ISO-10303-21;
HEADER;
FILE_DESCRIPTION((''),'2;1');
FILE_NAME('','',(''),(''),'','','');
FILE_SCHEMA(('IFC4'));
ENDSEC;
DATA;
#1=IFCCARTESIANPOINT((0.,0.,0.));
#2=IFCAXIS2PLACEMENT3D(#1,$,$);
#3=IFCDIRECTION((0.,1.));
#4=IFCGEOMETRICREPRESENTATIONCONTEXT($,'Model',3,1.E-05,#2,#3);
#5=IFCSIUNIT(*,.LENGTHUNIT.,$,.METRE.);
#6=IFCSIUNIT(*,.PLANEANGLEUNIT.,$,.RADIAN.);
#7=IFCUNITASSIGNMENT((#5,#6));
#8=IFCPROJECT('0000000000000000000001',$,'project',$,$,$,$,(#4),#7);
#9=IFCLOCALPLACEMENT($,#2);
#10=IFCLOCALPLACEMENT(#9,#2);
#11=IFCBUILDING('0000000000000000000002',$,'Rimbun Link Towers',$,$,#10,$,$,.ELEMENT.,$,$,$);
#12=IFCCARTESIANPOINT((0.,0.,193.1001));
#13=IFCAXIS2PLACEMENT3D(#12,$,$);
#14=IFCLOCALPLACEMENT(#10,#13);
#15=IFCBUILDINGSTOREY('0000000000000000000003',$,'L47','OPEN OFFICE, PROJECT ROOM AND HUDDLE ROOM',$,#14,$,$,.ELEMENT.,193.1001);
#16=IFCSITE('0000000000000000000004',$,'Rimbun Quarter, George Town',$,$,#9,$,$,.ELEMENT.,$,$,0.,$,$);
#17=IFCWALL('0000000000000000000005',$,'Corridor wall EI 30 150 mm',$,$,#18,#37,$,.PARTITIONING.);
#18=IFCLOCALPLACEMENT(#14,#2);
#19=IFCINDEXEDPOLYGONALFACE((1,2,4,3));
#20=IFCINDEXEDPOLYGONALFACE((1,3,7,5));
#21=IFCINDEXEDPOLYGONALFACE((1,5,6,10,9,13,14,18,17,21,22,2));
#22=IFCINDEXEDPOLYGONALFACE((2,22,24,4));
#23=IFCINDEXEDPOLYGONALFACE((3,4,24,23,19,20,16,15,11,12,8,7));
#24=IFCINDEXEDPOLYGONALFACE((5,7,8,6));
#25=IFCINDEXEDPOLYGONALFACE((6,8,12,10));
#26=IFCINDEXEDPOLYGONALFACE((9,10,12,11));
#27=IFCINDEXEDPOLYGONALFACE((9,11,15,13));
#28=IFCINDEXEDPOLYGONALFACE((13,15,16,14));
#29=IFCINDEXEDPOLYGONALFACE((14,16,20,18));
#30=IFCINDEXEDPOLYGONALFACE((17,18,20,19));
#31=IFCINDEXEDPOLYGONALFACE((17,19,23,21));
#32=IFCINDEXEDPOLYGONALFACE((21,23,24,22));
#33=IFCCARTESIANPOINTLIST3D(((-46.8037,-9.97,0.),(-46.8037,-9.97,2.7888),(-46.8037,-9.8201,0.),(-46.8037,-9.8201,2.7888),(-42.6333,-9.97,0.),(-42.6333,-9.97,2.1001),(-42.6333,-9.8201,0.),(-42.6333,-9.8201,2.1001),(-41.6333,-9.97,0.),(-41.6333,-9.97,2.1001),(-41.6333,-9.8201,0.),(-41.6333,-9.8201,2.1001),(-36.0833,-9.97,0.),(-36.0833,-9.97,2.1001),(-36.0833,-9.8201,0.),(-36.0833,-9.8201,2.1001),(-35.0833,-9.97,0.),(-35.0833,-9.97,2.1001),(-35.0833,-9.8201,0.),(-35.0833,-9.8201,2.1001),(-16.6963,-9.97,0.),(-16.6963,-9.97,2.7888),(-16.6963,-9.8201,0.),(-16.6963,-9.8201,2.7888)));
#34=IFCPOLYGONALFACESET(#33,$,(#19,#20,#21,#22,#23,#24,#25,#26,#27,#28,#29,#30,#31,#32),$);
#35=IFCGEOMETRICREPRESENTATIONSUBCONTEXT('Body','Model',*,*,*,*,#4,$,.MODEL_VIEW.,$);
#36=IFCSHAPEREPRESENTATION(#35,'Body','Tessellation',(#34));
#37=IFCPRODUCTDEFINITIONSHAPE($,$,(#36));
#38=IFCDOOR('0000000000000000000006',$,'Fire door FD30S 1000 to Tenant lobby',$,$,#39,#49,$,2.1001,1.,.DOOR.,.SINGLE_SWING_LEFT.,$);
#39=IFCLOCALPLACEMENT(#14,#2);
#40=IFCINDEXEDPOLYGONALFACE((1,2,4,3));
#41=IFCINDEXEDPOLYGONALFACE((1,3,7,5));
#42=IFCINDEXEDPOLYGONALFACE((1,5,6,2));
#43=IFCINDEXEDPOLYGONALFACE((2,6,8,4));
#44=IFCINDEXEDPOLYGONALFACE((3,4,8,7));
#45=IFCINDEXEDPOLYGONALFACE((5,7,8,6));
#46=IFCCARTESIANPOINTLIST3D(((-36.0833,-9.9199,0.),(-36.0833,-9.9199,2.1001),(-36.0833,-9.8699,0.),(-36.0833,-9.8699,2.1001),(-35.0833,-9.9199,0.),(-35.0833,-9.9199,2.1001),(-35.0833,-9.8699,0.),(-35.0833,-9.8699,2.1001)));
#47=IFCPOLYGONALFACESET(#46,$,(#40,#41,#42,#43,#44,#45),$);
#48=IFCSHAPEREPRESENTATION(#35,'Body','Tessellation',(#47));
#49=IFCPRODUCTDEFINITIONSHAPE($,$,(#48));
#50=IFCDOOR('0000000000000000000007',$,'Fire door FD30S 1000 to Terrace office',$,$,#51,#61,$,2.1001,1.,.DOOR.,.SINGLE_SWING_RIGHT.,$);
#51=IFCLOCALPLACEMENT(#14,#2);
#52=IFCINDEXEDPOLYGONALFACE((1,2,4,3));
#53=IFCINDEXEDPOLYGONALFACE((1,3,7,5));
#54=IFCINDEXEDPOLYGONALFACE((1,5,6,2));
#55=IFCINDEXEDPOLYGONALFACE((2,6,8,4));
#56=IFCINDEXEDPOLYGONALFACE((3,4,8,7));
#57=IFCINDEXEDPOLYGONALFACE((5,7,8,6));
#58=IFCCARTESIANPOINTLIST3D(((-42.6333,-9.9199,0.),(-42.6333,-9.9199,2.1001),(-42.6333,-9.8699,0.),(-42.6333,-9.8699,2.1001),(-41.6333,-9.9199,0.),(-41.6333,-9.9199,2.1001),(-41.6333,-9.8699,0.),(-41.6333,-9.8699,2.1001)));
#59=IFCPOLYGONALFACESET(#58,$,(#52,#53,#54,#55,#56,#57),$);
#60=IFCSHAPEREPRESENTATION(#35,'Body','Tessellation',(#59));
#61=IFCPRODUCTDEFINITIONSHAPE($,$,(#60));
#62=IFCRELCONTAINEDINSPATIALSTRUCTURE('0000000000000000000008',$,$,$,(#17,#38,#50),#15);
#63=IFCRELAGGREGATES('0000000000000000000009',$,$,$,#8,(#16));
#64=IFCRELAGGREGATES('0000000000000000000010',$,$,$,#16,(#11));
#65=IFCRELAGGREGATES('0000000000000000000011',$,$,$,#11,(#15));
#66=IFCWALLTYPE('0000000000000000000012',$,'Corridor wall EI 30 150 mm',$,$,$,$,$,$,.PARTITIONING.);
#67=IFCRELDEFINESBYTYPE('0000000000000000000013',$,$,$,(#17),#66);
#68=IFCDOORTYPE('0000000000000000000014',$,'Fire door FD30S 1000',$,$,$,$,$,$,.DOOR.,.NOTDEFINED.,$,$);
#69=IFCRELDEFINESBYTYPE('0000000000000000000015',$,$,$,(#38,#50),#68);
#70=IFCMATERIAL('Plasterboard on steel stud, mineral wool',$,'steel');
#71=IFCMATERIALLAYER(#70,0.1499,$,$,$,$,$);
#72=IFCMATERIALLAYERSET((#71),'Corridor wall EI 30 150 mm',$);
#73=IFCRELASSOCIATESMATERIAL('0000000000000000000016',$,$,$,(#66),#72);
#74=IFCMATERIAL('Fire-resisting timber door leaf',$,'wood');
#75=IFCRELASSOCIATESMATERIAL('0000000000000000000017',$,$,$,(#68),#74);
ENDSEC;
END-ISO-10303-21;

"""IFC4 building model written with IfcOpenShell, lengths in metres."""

from ifc_helpers import new_model, si_unit, direction, frame, frame_2d, origin, place, context, subcontext, project, spatial, rectangle, extrude, material, layer, layer_set, type_object, element, fill, save


model = new_model("IFC4")

# Units and contexts
model_context = context("Model", 3, precision=1e-05, world=origin(), true_north=direction((0.0, 1.0)))
body_context = subcontext(model_context, "Body", "Model", "MODEL_VIEW")
ifc_project = project(units=[si_unit("LENGTHUNIT", "METRE"), si_unit("PLANEANGLEUNIT", "RADIAN")], contexts=[model_context])

# Site, building, storey
site_placement = place(None, origin())
site = spatial("IfcSite", under=ifc_project, at=site_placement, Name="Rimbun Quarter, George Town", CompositionType="ELEMENT", RefElevation=0.0)
building_placement = place(site_placement, origin())
building = spatial("IfcBuilding", under=site, at=building_placement, Name="Rimbun Link Towers", CompositionType="ELEMENT")
storey_placement = place(building_placement, frame((0.0, 0.0, 193.1001)))
storey = spatial("IfcBuildingStorey", under=building, at=storey_placement, Name="L47", Description="OPEN OFFICE, PROJECT ROOM AND HUDDLE ROOM", CompositionType="ELEMENT", Elevation=193.1001)

# Shared definitions
ifc_material_1 = material(Name="Plasterboard on steel stud, mineral wool", Category="steel")
ifc_layer_1 = layer(ifc_material_1, 0.1499)
ifc_layer_set_1 = layer_set([ifc_layer_1], Name="Corridor wall EI 30 150 mm")
wall_type = type_object("IfcWallType", Name="Corridor wall EI 30 150 mm", PredefinedType="PARTITIONING", material=ifc_layer_set_1)

# Wall, openings, doors
wall_1_placement = place(storey_placement, frame((-16.6963, -9.895, 0.0), z_axis=(0.0, 0.0, 1.0), x_axis=(-1.0, 0.0, 0.0)))
wall_1 = element("IfcWall", 1, at=wall_1_placement, inside=storey, type_object=wall_type, Name="Corridor wall EI 30 150 mm", PredefinedType="PARTITIONING", context=body_context, shape_type="SweptSolid", body=[
    extrude(rectangle(XDim=30.1074, YDim=0.1499, at=frame_2d((15.0537, 0.0))), origin(), (0.0, 0.0, 1.0), 2.7888),
])
opening_1_placement = place(wall_1_placement, frame((18.387, 0.0, 0.0)))
opening_1 = element("IfcOpeningElement", 2, at=opening_1_placement, cuts=wall_1, PredefinedType="OPENING", context=body_context, shape_type="SweptSolid", body=[
    extrude(rectangle(XDim=1.0, YDim=2.1001, at=frame_2d((0.5, 1.05))), frame((0.0, 0.085, 0.0), z_axis=(0.0, -1.0, 0.0), x_axis=(1.0, 0.0, 0.0)), (0.0, 0.0, 1.0), 0.1699),
])
opening_2_placement = place(wall_1_placement, frame((24.937, 0.0, 0.0)))
opening_2 = element("IfcOpeningElement", 3, at=opening_2_placement, cuts=wall_1, PredefinedType="OPENING", context=body_context, shape_type="SweptSolid", body=[
    extrude(rectangle(XDim=1.0, YDim=2.1001, at=frame_2d((0.5, 1.05))), frame((0.0, 0.085, 0.0), z_axis=(0.0, -1.0, 0.0), x_axis=(1.0, 0.0, 0.0)), (0.0, 0.0, 1.0), 0.1699),
])
ifc_material_2 = material(Name="Fire-resisting timber door leaf", Category="wood")
door_type = type_object("IfcDoorType", Name="Fire door FD30S 1000", OperationType="NOTDEFINED", PredefinedType="DOOR", material=ifc_material_2)
door_1_placement = place(opening_1_placement, origin())
door_1 = element("IfcDoor", 4, at=door_1_placement, inside=storey, type_object=door_type, Name="Fire door FD30S 1000 to Tenant lobby", OperationType="SINGLE_SWING_LEFT", OverallHeight=2.1001, OverallWidth=1.0, PredefinedType="DOOR", context=body_context, shape_type="SweptSolid", body=[
    extrude(rectangle(XDim=1.0, YDim=2.1001, at=frame_2d((0.5, 1.05))), frame((0.0, 0.0249, 0.0), z_axis=(0.0, -1.0, 0.0), x_axis=(1.0, 0.0, 0.0)), (0.0, 0.0, 1.0), 0.05),
])
fill(opening_1, door_1)
door_2_placement = place(opening_2_placement, origin())
door_2 = element("IfcDoor", 5, at=door_2_placement, inside=storey, type_object=door_type, Name="Fire door FD30S 1000 to Terrace office", OperationType="SINGLE_SWING_RIGHT", OverallHeight=2.1001, OverallWidth=1.0, PredefinedType="DOOR", context=body_context, shape_type="SweptSolid", body=[
    extrude(rectangle(XDim=1.0, YDim=2.1001, at=frame_2d((0.5, 1.05))), frame((0.0, 0.0249, 0.0), z_axis=(0.0, -1.0, 0.0), x_axis=(1.0, 0.0, 0.0)), (0.0, 0.0, 1.0), 0.05),
])
fill(opening_2, door_2)

save(model, "model.ifc")
